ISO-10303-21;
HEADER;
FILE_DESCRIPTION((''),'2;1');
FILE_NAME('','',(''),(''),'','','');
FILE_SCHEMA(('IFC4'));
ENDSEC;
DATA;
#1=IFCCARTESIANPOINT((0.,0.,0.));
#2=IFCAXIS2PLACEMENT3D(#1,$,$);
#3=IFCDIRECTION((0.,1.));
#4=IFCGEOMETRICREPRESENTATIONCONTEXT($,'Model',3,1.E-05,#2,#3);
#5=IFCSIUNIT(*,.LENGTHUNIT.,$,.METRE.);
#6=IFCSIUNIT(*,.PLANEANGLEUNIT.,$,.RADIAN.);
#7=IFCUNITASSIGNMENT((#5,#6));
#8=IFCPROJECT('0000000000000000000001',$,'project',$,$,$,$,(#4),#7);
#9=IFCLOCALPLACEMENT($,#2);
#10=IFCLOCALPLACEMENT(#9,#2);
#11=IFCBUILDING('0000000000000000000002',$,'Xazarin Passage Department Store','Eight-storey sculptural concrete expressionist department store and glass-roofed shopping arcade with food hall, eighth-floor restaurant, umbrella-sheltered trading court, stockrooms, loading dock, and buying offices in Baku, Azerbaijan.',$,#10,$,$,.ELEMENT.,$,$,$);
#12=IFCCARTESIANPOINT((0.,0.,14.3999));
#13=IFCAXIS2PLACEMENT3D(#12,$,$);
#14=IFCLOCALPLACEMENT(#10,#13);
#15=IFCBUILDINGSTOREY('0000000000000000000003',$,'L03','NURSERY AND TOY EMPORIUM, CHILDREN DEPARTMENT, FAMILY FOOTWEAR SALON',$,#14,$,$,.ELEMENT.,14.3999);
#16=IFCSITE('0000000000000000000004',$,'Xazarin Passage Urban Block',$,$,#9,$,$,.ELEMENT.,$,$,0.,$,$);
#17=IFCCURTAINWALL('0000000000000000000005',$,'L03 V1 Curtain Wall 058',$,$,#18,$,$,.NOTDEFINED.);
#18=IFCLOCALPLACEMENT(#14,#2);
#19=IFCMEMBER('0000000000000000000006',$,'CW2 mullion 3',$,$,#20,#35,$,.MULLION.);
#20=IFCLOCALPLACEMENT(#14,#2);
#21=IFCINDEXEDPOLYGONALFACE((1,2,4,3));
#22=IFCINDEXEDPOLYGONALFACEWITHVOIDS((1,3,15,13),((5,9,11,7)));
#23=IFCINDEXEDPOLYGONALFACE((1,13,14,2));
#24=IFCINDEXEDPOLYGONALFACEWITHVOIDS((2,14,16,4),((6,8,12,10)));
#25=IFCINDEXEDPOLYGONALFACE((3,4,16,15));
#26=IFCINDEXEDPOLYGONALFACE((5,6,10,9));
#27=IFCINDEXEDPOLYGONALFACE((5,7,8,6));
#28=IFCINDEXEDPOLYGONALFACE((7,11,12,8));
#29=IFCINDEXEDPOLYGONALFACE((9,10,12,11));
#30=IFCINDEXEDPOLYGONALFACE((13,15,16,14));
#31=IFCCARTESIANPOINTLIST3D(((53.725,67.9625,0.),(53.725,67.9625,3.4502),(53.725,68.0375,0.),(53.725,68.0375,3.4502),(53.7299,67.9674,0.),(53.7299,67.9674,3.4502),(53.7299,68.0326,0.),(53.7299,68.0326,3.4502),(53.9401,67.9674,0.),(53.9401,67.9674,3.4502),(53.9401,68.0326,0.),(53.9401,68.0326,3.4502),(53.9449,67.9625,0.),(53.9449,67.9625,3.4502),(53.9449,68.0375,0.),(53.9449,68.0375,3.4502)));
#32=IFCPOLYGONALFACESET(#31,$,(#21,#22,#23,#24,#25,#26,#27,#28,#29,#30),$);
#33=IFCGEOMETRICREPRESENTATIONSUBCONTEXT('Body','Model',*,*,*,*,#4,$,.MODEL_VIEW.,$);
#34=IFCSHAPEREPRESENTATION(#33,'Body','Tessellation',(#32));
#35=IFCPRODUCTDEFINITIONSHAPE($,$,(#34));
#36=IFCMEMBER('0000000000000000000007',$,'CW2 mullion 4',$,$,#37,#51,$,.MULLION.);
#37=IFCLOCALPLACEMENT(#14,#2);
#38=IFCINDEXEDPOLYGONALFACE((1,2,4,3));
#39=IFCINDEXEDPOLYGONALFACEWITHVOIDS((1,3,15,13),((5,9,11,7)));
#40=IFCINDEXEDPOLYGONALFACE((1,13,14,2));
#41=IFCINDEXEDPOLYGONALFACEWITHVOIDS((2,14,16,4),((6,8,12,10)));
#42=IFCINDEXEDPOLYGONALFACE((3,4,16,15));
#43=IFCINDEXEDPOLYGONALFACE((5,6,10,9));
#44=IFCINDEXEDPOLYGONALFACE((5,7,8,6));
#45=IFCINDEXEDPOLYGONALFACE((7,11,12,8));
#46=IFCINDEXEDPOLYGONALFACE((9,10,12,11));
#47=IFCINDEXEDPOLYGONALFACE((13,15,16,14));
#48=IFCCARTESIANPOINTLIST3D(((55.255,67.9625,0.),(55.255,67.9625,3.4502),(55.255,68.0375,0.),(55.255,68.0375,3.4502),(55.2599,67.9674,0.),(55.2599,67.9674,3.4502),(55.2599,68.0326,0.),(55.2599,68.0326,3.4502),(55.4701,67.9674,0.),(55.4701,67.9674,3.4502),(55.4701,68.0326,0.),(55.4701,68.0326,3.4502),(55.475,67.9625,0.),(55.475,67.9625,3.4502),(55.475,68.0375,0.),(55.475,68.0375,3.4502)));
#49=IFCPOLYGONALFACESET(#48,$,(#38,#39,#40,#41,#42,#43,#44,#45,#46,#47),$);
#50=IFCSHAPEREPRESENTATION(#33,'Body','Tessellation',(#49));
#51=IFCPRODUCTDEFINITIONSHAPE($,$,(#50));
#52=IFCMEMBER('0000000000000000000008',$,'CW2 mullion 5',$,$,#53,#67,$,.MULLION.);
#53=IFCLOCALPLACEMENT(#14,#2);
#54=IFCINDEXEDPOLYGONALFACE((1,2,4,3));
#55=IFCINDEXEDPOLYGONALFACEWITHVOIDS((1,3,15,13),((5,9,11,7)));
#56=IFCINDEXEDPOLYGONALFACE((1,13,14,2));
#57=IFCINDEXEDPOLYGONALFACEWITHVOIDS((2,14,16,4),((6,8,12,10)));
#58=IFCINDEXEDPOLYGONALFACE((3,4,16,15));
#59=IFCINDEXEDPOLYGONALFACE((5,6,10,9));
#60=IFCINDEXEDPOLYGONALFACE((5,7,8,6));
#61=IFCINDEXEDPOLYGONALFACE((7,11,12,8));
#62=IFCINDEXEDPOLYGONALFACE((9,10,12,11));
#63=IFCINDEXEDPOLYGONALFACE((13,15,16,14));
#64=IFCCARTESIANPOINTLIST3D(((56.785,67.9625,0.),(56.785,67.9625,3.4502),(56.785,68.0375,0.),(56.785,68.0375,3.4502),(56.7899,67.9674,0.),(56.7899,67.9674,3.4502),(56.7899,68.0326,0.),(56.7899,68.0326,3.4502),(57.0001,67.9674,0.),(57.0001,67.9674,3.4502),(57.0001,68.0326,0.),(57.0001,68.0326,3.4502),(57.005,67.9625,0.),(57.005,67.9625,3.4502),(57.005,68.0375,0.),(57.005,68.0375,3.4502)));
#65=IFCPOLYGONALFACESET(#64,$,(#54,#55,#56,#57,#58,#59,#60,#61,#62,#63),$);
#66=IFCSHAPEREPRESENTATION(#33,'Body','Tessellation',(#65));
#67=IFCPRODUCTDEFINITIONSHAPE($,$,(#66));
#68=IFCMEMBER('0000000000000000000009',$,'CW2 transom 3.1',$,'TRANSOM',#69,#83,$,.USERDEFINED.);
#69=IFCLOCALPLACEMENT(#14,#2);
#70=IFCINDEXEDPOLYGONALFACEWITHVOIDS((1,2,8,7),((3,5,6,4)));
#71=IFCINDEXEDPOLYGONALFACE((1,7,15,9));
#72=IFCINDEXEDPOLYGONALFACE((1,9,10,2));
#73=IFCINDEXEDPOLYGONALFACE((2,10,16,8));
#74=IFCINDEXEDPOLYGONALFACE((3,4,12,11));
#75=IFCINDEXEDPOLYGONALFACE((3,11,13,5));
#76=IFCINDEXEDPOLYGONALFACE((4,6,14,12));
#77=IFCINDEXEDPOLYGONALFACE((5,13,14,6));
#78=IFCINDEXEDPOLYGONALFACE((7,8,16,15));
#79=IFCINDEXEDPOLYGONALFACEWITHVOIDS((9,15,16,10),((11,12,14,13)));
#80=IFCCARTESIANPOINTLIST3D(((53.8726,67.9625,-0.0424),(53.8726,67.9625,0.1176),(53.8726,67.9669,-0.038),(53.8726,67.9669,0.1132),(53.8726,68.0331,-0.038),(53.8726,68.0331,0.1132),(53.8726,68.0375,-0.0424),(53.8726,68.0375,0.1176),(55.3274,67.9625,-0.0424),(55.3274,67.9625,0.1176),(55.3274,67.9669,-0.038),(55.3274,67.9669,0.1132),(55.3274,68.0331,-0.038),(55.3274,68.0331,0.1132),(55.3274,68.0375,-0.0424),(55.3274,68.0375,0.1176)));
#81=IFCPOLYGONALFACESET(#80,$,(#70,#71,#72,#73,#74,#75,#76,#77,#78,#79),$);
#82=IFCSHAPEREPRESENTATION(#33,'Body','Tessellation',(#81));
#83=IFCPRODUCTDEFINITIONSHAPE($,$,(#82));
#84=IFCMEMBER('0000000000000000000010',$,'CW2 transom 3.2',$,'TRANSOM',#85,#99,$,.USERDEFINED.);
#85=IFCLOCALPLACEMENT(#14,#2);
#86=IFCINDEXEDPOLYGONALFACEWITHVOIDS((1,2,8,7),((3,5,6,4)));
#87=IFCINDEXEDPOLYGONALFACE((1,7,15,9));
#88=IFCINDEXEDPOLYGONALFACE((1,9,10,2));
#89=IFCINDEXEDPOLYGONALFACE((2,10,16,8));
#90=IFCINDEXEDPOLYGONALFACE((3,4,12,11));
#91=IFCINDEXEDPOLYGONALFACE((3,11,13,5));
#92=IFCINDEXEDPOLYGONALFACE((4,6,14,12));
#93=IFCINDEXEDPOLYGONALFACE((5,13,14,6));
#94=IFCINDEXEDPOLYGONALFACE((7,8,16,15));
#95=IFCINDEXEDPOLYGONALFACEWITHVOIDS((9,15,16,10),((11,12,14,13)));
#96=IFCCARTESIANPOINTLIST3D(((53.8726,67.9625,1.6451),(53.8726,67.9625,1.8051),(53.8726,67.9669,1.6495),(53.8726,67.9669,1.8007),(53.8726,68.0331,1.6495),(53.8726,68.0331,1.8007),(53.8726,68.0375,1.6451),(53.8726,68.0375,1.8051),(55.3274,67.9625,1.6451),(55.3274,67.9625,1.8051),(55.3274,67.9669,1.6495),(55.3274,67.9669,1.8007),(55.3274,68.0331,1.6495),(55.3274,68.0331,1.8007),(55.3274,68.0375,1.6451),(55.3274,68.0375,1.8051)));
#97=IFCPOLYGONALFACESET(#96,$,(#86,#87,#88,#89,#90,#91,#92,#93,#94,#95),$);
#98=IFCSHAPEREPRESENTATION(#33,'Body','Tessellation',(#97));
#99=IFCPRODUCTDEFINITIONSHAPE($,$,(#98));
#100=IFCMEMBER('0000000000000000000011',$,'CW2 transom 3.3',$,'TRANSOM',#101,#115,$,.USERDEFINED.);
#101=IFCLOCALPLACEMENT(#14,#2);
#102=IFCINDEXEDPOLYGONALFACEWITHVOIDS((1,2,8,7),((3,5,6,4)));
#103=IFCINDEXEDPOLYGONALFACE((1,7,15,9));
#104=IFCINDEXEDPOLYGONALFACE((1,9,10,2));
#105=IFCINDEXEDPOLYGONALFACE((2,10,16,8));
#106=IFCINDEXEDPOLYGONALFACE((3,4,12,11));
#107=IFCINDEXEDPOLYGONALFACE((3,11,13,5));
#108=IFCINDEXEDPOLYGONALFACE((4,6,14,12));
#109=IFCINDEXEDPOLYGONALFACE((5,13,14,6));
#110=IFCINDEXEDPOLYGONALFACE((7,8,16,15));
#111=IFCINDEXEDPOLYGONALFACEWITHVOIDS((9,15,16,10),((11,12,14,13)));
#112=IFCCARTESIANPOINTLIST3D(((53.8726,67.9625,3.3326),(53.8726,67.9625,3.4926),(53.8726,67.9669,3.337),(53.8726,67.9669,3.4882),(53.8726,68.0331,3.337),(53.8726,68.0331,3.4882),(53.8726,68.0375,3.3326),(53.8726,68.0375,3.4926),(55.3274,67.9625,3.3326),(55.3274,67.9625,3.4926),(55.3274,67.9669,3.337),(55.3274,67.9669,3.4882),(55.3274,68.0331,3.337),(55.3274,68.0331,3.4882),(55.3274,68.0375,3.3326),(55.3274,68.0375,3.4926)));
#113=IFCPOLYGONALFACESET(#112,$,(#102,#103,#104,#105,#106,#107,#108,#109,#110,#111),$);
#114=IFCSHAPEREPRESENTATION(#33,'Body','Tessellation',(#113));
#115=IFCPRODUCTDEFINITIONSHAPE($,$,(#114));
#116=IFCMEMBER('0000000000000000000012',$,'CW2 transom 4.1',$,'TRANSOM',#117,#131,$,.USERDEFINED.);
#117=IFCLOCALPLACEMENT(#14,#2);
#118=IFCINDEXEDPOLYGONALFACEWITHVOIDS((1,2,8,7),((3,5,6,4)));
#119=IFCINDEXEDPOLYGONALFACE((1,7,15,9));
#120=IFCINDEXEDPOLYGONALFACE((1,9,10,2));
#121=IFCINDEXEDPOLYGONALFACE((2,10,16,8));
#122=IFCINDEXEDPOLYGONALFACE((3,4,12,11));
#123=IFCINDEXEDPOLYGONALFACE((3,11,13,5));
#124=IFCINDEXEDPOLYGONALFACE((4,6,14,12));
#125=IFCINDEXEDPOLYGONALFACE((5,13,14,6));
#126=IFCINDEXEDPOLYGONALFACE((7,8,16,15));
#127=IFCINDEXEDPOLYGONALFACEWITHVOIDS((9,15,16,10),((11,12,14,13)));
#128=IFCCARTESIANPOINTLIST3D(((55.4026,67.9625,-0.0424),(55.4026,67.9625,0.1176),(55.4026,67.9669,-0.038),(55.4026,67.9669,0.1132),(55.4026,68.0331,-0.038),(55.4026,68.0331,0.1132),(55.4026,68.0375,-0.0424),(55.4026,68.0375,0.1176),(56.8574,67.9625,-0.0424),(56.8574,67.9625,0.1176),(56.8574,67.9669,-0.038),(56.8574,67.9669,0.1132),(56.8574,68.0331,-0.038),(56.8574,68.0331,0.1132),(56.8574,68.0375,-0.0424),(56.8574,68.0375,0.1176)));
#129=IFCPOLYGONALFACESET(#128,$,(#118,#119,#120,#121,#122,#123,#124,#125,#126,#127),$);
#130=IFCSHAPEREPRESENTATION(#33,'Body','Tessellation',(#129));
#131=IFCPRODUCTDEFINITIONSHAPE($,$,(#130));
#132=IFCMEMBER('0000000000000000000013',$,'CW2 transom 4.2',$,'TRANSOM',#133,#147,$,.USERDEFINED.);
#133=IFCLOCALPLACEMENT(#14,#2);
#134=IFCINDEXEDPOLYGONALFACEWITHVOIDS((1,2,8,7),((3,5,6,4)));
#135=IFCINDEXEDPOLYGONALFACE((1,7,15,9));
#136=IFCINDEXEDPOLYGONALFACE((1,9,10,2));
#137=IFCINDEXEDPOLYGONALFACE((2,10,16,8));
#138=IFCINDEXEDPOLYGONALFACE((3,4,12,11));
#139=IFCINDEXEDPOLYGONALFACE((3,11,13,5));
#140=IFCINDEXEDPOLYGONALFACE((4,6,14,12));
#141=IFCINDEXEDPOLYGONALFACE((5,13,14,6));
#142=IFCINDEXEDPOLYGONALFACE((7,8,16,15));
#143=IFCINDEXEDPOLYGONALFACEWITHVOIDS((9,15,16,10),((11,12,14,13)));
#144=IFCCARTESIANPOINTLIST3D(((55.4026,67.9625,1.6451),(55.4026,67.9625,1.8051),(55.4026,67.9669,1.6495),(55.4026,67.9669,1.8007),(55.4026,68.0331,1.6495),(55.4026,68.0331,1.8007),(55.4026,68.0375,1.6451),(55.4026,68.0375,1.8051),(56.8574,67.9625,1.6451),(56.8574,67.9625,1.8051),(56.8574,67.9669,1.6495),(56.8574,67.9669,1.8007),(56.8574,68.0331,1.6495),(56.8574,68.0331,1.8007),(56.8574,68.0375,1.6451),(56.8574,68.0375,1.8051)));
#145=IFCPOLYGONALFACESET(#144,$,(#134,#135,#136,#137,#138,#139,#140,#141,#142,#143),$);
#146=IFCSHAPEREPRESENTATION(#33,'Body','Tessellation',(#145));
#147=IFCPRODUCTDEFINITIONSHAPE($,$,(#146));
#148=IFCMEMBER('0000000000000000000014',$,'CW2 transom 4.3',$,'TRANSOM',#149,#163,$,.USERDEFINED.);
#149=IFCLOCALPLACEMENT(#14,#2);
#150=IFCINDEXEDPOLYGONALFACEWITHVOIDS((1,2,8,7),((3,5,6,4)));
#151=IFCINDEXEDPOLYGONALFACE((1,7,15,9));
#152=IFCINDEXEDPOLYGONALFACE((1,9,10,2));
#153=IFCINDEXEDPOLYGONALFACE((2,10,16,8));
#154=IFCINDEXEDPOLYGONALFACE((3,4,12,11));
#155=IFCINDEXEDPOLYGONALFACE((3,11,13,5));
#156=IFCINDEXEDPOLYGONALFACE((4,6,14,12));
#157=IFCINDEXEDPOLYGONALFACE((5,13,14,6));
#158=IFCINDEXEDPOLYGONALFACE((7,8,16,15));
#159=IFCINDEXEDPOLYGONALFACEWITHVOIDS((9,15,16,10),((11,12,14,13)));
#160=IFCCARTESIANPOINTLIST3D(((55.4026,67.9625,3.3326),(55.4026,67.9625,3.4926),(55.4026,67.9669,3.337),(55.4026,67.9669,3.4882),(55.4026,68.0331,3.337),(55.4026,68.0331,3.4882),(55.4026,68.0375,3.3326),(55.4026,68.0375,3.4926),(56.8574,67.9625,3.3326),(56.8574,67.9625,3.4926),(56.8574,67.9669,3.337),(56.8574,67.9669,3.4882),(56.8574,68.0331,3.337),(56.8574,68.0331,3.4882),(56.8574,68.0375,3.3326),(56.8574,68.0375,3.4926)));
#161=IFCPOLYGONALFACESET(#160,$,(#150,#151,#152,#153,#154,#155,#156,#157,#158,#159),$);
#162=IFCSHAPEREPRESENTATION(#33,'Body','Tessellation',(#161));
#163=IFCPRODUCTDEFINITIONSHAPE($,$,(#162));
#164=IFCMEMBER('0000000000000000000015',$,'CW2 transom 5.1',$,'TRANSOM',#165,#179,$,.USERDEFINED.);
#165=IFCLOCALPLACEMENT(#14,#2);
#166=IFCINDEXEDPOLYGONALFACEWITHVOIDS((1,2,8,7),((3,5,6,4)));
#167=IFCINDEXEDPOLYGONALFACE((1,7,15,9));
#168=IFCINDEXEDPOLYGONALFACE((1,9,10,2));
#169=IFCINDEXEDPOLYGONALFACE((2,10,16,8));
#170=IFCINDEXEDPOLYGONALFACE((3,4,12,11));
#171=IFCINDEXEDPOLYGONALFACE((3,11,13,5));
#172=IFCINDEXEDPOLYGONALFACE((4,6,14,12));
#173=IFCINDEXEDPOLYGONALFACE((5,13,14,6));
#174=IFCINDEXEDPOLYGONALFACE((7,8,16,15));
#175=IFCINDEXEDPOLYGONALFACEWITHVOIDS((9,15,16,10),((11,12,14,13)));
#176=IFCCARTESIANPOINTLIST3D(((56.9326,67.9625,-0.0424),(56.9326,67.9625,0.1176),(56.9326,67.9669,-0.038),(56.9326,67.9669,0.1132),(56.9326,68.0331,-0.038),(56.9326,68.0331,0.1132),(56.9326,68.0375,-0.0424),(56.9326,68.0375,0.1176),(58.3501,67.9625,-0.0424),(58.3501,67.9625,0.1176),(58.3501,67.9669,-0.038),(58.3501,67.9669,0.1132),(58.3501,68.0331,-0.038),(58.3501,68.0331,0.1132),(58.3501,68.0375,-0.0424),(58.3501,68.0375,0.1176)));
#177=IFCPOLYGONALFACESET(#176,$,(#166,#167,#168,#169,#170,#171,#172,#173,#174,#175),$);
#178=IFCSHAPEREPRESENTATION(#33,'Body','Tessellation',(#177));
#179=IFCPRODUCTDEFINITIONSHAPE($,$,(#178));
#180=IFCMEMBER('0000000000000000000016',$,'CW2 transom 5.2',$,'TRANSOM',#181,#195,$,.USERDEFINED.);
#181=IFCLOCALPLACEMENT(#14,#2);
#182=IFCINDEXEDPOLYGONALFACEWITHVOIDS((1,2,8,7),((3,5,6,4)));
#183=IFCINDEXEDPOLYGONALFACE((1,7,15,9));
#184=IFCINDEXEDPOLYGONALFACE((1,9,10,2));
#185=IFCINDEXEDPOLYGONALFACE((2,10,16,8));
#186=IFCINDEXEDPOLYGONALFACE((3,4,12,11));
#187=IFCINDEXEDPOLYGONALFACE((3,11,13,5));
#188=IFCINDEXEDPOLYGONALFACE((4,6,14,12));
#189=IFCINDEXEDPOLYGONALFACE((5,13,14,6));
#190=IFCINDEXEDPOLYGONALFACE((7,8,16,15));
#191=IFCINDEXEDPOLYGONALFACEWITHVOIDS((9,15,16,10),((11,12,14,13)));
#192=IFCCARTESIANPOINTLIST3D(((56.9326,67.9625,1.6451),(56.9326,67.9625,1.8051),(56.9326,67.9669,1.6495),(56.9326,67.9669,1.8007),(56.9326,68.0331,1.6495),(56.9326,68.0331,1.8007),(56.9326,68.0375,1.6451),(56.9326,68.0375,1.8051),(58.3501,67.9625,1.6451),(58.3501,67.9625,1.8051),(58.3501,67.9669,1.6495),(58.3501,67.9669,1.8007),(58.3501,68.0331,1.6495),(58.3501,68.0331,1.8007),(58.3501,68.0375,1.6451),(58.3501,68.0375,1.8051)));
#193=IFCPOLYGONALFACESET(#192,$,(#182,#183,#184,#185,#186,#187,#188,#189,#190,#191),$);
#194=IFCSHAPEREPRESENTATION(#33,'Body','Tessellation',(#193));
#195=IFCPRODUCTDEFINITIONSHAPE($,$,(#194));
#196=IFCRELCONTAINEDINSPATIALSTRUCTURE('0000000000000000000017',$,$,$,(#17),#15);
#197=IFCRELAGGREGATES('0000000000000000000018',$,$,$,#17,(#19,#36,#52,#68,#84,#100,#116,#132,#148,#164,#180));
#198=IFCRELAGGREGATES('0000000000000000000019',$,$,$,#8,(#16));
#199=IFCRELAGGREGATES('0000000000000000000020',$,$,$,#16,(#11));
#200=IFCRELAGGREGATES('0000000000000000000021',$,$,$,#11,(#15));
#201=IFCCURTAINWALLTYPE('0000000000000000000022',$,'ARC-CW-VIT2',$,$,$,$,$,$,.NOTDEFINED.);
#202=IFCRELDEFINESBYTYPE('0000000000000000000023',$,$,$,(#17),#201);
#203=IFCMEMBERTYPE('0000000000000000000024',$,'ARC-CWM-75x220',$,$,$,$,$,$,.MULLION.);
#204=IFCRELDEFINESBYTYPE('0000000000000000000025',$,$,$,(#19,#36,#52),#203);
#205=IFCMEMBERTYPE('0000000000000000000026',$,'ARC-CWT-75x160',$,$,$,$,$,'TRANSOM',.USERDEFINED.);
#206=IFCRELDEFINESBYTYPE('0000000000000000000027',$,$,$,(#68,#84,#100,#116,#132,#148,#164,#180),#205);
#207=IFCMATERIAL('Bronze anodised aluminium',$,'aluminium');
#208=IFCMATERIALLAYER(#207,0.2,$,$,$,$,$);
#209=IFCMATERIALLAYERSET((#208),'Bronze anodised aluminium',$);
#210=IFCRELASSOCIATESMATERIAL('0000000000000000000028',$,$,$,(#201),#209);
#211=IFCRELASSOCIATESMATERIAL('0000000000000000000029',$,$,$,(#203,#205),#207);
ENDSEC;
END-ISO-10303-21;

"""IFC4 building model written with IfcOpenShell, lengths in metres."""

from ifc_helpers import new_model, si_unit, direction, frame, origin, origin_2d, place, context, subcontext, project, spatial, hollow_rectangle, extrude, material, layer, layer_set, material_profile, profile_set, type_object, element, aggregate, save


model = new_model("IFC4")

# Units and contexts
model_context = context("Model", 3, precision=1e-05, world=origin(), true_north=direction((0.0, 1.0)))
body_context = subcontext(model_context, "Body", "Model", "MODEL_VIEW")
ifc_project = project(units=[si_unit("LENGTHUNIT", "METRE"), si_unit("PLANEANGLEUNIT", "RADIAN")], contexts=[model_context])

# Site, building, storey
site_placement = place(None, origin())
site = spatial("IfcSite", under=ifc_project, at=site_placement, Name="Xazarin Passage Urban Block", CompositionType="ELEMENT", RefElevation=0.0)
building_placement = place(site_placement, origin())
building = spatial("IfcBuilding", under=site, at=building_placement, Name="Xazarin Passage Department Store", Description="Eight-storey sculptural concrete expressionist department store and glass-roofed shopping arcade with food hall, eighth-floor restaurant, umbrella-sheltered trading court, stockrooms, loading dock, and buying offices in Baku, Azerbaijan.", CompositionType="ELEMENT")
storey_placement = place(building_placement, frame((0.0, 0.0, 14.3999)))
storey = spatial("IfcBuildingStorey", under=building, at=storey_placement, Name="L03", Description="NURSERY AND TOY EMPORIUM, CHILDREN DEPARTMENT, FAMILY FOOTWEAR SALON", CompositionType="ELEMENT", Elevation=14.3999)

# Curtain wall, members
ifc_material_1 = material(Name="Bronze anodised aluminium", Category="aluminium")
ifc_layer_1 = layer(ifc_material_1, 0.2)
ifc_layer_set_1 = layer_set([ifc_layer_1], Name="Bronze anodised aluminium")
curtain_wall_type = type_object("IfcCurtainWallType", Name="ARC-CW-VIT2", PredefinedType="NOTDEFINED", material=ifc_layer_set_1)
curtain_wall_placement = place(storey_placement, origin())
curtain_wall = element("IfcCurtainWall", 1, at=curtain_wall_placement, inside=storey, type_object=curtain_wall_type, Name="L03 V1 Curtain Wall 058", PredefinedType="NOTDEFINED")
ifc_material_profile_1 = material_profile(ifc_material_1, hollow_rectangle(XDim=0.075, YDim=0.22, WallThickness=0.0049, at=origin_2d()), Name="ALU 75x220")
ifc_profile_set_1 = profile_set([ifc_material_profile_1], Name="Bronze anodised aluminium")
member_type_1 = type_object("IfcMemberType", Name="ARC-CWM-75x220", PredefinedType="MULLION", material=ifc_profile_set_1)
member_1_placement = place(storey_placement, frame((53.835, 68.0, 0.0), z_axis=(0.0, 0.0, 1.0), x_axis=(0.0, 1.0, 0.0)))
member_1 = element("IfcMember", 2, at=member_1_placement, type_object=member_type_1, Name="CW2 mullion 3", PredefinedType="MULLION", context=body_context, shape_type="SweptSolid", body=[
    extrude(hollow_rectangle(XDim=0.075, YDim=0.22, WallThickness=0.0049, at=origin_2d()), origin(), (0.0, 0.0, 1.0), 3.4502),
])
member_2_placement = place(storey_placement, frame((55.365, 68.0, 0.0), z_axis=(0.0, 0.0, 1.0), x_axis=(0.0, 1.0, 0.0)))
member_2 = element("IfcMember", 3, at=member_2_placement, type_object=member_type_1, Name="CW2 mullion 4", PredefinedType="MULLION", context=body_context, shape_type="SweptSolid", body=[
    extrude(hollow_rectangle(XDim=0.075, YDim=0.22, WallThickness=0.0049, at=origin_2d()), origin(), (0.0, 0.0, 1.0), 3.4502),
])
member_3_placement = place(storey_placement, frame((56.895, 68.0, 0.0), z_axis=(0.0, 0.0, 1.0), x_axis=(0.0, 1.0, 0.0)))
member_3 = element("IfcMember", 4, at=member_3_placement, type_object=member_type_1, Name="CW2 mullion 5", PredefinedType="MULLION", context=body_context, shape_type="SweptSolid", body=[
    extrude(hollow_rectangle(XDim=0.075, YDim=0.22, WallThickness=0.0049, at=origin_2d()), origin(), (0.0, 0.0, 1.0), 3.4502),
])
ifc_material_profile_2 = material_profile(ifc_material_1, hollow_rectangle(XDim=0.075, YDim=0.1599, WallThickness=0.0044, at=origin_2d()), Name="ALU 75x160")
ifc_profile_set_2 = profile_set([ifc_material_profile_2], Name="Bronze anodised aluminium")
member_type_2 = type_object("IfcMemberType", Name="ARC-CWT-75x160", ElementType="TRANSOM", PredefinedType="USERDEFINED", material=ifc_profile_set_2)
member_4_placement = place(storey_placement, frame((53.8726, 68.0, 0.0376), z_axis=(1.0, 0.0, 0.0), x_axis=(0.0, 1.0, 0.0)))
member_4 = element("IfcMember", 5, at=member_4_placement, type_object=member_type_2, Name="CW2 transom 3.1", ObjectType="TRANSOM", PredefinedType="USERDEFINED", context=body_context, shape_type="SweptSolid", body=[
    extrude(hollow_rectangle(XDim=0.075, YDim=0.1599, WallThickness=0.0044, at=origin_2d()), origin(), (0.0, 0.0, 1.0), 1.4548),
])
member_5_placement = place(storey_placement, frame((53.8726, 68.0, 1.7251), z_axis=(1.0, 0.0, 0.0), x_axis=(0.0, 1.0, 0.0)))
member_5 = element("IfcMember", 6, at=member_5_placement, type_object=member_type_2, Name="CW2 transom 3.2", ObjectType="TRANSOM", PredefinedType="USERDEFINED", context=body_context, shape_type="SweptSolid", body=[
    extrude(hollow_rectangle(XDim=0.075, YDim=0.1599, WallThickness=0.0044, at=origin_2d()), origin(), (0.0, 0.0, 1.0), 1.4548),
])
member_6_placement = place(storey_placement, frame((53.8726, 68.0, 3.4126), z_axis=(1.0, 0.0, 0.0), x_axis=(0.0, 1.0, 0.0)))
member_6 = element("IfcMember", 7, at=member_6_placement, type_object=member_type_2, Name="CW2 transom 3.3", ObjectType="TRANSOM", PredefinedType="USERDEFINED", context=body_context, shape_type="SweptSolid", body=[
    extrude(hollow_rectangle(XDim=0.075, YDim=0.1599, WallThickness=0.0044, at=origin_2d()), origin(), (0.0, 0.0, 1.0), 1.4548),
])
member_7_placement = place(storey_placement, frame((55.4026, 68.0, 0.0376), z_axis=(1.0, 0.0, 0.0), x_axis=(0.0, 1.0, 0.0)))
member_7 = element("IfcMember", 8, at=member_7_placement, type_object=member_type_2, Name="CW2 transom 4.1", ObjectType="TRANSOM", PredefinedType="USERDEFINED", context=body_context, shape_type="SweptSolid", body=[
    extrude(hollow_rectangle(XDim=0.075, YDim=0.1599, WallThickness=0.0044, at=origin_2d()), origin(), (0.0, 0.0, 1.0), 1.4548),
])
member_8_placement = place(storey_placement, frame((55.4026, 68.0, 1.7251), z_axis=(1.0, 0.0, 0.0), x_axis=(0.0, 1.0, 0.0)))
member_8 = element("IfcMember", 9, at=member_8_placement, type_object=member_type_2, Name="CW2 transom 4.2", ObjectType="TRANSOM", PredefinedType="USERDEFINED", context=body_context, shape_type="SweptSolid", body=[
    extrude(hollow_rectangle(XDim=0.075, YDim=0.1599, WallThickness=0.0044, at=origin_2d()), origin(), (0.0, 0.0, 1.0), 1.4548),
])
member_9_placement = place(storey_placement, frame((55.4026, 68.0, 3.4126), z_axis=(1.0, 0.0, 0.0), x_axis=(0.0, 1.0, 0.0)))
member_9 = element("IfcMember", 10, at=member_9_placement, type_object=member_type_2, Name="CW2 transom 4.3", ObjectType="TRANSOM", PredefinedType="USERDEFINED", context=body_context, shape_type="SweptSolid", body=[
    extrude(hollow_rectangle(XDim=0.075, YDim=0.1599, WallThickness=0.0044, at=origin_2d()), origin(), (0.0, 0.0, 1.0), 1.4548),
])
member_10_placement = place(storey_placement, frame((56.9326, 68.0, 0.0376), z_axis=(1.0, 0.0, 0.0), x_axis=(0.0, 1.0, 0.0)))
member_10 = element("IfcMember", 11, at=member_10_placement, type_object=member_type_2, Name="CW2 transom 5.1", ObjectType="TRANSOM", PredefinedType="USERDEFINED", context=body_context, shape_type="SweptSolid", body=[
    extrude(hollow_rectangle(XDim=0.075, YDim=0.1599, WallThickness=0.0044, at=origin_2d()), origin(), (0.0, 0.0, 1.0), 1.4175),
])
member_11_placement = place(storey_placement, frame((56.9326, 68.0, 1.7251), z_axis=(1.0, 0.0, 0.0), x_axis=(0.0, 1.0, 0.0)))
member_11 = element("IfcMember", 12, at=member_11_placement, type_object=member_type_2, Name="CW2 transom 5.2", ObjectType="TRANSOM", PredefinedType="USERDEFINED", context=body_context, shape_type="SweptSolid", body=[
    extrude(hollow_rectangle(XDim=0.075, YDim=0.1599, WallThickness=0.0044, at=origin_2d()), origin(), (0.0, 0.0, 1.0), 1.4175),
])

aggregate(curtain_wall, [member_1, member_2, member_3, member_4, member_5, member_6, member_7, member_8, member_9, member_10, member_11])

save(model, "model.ifc")
